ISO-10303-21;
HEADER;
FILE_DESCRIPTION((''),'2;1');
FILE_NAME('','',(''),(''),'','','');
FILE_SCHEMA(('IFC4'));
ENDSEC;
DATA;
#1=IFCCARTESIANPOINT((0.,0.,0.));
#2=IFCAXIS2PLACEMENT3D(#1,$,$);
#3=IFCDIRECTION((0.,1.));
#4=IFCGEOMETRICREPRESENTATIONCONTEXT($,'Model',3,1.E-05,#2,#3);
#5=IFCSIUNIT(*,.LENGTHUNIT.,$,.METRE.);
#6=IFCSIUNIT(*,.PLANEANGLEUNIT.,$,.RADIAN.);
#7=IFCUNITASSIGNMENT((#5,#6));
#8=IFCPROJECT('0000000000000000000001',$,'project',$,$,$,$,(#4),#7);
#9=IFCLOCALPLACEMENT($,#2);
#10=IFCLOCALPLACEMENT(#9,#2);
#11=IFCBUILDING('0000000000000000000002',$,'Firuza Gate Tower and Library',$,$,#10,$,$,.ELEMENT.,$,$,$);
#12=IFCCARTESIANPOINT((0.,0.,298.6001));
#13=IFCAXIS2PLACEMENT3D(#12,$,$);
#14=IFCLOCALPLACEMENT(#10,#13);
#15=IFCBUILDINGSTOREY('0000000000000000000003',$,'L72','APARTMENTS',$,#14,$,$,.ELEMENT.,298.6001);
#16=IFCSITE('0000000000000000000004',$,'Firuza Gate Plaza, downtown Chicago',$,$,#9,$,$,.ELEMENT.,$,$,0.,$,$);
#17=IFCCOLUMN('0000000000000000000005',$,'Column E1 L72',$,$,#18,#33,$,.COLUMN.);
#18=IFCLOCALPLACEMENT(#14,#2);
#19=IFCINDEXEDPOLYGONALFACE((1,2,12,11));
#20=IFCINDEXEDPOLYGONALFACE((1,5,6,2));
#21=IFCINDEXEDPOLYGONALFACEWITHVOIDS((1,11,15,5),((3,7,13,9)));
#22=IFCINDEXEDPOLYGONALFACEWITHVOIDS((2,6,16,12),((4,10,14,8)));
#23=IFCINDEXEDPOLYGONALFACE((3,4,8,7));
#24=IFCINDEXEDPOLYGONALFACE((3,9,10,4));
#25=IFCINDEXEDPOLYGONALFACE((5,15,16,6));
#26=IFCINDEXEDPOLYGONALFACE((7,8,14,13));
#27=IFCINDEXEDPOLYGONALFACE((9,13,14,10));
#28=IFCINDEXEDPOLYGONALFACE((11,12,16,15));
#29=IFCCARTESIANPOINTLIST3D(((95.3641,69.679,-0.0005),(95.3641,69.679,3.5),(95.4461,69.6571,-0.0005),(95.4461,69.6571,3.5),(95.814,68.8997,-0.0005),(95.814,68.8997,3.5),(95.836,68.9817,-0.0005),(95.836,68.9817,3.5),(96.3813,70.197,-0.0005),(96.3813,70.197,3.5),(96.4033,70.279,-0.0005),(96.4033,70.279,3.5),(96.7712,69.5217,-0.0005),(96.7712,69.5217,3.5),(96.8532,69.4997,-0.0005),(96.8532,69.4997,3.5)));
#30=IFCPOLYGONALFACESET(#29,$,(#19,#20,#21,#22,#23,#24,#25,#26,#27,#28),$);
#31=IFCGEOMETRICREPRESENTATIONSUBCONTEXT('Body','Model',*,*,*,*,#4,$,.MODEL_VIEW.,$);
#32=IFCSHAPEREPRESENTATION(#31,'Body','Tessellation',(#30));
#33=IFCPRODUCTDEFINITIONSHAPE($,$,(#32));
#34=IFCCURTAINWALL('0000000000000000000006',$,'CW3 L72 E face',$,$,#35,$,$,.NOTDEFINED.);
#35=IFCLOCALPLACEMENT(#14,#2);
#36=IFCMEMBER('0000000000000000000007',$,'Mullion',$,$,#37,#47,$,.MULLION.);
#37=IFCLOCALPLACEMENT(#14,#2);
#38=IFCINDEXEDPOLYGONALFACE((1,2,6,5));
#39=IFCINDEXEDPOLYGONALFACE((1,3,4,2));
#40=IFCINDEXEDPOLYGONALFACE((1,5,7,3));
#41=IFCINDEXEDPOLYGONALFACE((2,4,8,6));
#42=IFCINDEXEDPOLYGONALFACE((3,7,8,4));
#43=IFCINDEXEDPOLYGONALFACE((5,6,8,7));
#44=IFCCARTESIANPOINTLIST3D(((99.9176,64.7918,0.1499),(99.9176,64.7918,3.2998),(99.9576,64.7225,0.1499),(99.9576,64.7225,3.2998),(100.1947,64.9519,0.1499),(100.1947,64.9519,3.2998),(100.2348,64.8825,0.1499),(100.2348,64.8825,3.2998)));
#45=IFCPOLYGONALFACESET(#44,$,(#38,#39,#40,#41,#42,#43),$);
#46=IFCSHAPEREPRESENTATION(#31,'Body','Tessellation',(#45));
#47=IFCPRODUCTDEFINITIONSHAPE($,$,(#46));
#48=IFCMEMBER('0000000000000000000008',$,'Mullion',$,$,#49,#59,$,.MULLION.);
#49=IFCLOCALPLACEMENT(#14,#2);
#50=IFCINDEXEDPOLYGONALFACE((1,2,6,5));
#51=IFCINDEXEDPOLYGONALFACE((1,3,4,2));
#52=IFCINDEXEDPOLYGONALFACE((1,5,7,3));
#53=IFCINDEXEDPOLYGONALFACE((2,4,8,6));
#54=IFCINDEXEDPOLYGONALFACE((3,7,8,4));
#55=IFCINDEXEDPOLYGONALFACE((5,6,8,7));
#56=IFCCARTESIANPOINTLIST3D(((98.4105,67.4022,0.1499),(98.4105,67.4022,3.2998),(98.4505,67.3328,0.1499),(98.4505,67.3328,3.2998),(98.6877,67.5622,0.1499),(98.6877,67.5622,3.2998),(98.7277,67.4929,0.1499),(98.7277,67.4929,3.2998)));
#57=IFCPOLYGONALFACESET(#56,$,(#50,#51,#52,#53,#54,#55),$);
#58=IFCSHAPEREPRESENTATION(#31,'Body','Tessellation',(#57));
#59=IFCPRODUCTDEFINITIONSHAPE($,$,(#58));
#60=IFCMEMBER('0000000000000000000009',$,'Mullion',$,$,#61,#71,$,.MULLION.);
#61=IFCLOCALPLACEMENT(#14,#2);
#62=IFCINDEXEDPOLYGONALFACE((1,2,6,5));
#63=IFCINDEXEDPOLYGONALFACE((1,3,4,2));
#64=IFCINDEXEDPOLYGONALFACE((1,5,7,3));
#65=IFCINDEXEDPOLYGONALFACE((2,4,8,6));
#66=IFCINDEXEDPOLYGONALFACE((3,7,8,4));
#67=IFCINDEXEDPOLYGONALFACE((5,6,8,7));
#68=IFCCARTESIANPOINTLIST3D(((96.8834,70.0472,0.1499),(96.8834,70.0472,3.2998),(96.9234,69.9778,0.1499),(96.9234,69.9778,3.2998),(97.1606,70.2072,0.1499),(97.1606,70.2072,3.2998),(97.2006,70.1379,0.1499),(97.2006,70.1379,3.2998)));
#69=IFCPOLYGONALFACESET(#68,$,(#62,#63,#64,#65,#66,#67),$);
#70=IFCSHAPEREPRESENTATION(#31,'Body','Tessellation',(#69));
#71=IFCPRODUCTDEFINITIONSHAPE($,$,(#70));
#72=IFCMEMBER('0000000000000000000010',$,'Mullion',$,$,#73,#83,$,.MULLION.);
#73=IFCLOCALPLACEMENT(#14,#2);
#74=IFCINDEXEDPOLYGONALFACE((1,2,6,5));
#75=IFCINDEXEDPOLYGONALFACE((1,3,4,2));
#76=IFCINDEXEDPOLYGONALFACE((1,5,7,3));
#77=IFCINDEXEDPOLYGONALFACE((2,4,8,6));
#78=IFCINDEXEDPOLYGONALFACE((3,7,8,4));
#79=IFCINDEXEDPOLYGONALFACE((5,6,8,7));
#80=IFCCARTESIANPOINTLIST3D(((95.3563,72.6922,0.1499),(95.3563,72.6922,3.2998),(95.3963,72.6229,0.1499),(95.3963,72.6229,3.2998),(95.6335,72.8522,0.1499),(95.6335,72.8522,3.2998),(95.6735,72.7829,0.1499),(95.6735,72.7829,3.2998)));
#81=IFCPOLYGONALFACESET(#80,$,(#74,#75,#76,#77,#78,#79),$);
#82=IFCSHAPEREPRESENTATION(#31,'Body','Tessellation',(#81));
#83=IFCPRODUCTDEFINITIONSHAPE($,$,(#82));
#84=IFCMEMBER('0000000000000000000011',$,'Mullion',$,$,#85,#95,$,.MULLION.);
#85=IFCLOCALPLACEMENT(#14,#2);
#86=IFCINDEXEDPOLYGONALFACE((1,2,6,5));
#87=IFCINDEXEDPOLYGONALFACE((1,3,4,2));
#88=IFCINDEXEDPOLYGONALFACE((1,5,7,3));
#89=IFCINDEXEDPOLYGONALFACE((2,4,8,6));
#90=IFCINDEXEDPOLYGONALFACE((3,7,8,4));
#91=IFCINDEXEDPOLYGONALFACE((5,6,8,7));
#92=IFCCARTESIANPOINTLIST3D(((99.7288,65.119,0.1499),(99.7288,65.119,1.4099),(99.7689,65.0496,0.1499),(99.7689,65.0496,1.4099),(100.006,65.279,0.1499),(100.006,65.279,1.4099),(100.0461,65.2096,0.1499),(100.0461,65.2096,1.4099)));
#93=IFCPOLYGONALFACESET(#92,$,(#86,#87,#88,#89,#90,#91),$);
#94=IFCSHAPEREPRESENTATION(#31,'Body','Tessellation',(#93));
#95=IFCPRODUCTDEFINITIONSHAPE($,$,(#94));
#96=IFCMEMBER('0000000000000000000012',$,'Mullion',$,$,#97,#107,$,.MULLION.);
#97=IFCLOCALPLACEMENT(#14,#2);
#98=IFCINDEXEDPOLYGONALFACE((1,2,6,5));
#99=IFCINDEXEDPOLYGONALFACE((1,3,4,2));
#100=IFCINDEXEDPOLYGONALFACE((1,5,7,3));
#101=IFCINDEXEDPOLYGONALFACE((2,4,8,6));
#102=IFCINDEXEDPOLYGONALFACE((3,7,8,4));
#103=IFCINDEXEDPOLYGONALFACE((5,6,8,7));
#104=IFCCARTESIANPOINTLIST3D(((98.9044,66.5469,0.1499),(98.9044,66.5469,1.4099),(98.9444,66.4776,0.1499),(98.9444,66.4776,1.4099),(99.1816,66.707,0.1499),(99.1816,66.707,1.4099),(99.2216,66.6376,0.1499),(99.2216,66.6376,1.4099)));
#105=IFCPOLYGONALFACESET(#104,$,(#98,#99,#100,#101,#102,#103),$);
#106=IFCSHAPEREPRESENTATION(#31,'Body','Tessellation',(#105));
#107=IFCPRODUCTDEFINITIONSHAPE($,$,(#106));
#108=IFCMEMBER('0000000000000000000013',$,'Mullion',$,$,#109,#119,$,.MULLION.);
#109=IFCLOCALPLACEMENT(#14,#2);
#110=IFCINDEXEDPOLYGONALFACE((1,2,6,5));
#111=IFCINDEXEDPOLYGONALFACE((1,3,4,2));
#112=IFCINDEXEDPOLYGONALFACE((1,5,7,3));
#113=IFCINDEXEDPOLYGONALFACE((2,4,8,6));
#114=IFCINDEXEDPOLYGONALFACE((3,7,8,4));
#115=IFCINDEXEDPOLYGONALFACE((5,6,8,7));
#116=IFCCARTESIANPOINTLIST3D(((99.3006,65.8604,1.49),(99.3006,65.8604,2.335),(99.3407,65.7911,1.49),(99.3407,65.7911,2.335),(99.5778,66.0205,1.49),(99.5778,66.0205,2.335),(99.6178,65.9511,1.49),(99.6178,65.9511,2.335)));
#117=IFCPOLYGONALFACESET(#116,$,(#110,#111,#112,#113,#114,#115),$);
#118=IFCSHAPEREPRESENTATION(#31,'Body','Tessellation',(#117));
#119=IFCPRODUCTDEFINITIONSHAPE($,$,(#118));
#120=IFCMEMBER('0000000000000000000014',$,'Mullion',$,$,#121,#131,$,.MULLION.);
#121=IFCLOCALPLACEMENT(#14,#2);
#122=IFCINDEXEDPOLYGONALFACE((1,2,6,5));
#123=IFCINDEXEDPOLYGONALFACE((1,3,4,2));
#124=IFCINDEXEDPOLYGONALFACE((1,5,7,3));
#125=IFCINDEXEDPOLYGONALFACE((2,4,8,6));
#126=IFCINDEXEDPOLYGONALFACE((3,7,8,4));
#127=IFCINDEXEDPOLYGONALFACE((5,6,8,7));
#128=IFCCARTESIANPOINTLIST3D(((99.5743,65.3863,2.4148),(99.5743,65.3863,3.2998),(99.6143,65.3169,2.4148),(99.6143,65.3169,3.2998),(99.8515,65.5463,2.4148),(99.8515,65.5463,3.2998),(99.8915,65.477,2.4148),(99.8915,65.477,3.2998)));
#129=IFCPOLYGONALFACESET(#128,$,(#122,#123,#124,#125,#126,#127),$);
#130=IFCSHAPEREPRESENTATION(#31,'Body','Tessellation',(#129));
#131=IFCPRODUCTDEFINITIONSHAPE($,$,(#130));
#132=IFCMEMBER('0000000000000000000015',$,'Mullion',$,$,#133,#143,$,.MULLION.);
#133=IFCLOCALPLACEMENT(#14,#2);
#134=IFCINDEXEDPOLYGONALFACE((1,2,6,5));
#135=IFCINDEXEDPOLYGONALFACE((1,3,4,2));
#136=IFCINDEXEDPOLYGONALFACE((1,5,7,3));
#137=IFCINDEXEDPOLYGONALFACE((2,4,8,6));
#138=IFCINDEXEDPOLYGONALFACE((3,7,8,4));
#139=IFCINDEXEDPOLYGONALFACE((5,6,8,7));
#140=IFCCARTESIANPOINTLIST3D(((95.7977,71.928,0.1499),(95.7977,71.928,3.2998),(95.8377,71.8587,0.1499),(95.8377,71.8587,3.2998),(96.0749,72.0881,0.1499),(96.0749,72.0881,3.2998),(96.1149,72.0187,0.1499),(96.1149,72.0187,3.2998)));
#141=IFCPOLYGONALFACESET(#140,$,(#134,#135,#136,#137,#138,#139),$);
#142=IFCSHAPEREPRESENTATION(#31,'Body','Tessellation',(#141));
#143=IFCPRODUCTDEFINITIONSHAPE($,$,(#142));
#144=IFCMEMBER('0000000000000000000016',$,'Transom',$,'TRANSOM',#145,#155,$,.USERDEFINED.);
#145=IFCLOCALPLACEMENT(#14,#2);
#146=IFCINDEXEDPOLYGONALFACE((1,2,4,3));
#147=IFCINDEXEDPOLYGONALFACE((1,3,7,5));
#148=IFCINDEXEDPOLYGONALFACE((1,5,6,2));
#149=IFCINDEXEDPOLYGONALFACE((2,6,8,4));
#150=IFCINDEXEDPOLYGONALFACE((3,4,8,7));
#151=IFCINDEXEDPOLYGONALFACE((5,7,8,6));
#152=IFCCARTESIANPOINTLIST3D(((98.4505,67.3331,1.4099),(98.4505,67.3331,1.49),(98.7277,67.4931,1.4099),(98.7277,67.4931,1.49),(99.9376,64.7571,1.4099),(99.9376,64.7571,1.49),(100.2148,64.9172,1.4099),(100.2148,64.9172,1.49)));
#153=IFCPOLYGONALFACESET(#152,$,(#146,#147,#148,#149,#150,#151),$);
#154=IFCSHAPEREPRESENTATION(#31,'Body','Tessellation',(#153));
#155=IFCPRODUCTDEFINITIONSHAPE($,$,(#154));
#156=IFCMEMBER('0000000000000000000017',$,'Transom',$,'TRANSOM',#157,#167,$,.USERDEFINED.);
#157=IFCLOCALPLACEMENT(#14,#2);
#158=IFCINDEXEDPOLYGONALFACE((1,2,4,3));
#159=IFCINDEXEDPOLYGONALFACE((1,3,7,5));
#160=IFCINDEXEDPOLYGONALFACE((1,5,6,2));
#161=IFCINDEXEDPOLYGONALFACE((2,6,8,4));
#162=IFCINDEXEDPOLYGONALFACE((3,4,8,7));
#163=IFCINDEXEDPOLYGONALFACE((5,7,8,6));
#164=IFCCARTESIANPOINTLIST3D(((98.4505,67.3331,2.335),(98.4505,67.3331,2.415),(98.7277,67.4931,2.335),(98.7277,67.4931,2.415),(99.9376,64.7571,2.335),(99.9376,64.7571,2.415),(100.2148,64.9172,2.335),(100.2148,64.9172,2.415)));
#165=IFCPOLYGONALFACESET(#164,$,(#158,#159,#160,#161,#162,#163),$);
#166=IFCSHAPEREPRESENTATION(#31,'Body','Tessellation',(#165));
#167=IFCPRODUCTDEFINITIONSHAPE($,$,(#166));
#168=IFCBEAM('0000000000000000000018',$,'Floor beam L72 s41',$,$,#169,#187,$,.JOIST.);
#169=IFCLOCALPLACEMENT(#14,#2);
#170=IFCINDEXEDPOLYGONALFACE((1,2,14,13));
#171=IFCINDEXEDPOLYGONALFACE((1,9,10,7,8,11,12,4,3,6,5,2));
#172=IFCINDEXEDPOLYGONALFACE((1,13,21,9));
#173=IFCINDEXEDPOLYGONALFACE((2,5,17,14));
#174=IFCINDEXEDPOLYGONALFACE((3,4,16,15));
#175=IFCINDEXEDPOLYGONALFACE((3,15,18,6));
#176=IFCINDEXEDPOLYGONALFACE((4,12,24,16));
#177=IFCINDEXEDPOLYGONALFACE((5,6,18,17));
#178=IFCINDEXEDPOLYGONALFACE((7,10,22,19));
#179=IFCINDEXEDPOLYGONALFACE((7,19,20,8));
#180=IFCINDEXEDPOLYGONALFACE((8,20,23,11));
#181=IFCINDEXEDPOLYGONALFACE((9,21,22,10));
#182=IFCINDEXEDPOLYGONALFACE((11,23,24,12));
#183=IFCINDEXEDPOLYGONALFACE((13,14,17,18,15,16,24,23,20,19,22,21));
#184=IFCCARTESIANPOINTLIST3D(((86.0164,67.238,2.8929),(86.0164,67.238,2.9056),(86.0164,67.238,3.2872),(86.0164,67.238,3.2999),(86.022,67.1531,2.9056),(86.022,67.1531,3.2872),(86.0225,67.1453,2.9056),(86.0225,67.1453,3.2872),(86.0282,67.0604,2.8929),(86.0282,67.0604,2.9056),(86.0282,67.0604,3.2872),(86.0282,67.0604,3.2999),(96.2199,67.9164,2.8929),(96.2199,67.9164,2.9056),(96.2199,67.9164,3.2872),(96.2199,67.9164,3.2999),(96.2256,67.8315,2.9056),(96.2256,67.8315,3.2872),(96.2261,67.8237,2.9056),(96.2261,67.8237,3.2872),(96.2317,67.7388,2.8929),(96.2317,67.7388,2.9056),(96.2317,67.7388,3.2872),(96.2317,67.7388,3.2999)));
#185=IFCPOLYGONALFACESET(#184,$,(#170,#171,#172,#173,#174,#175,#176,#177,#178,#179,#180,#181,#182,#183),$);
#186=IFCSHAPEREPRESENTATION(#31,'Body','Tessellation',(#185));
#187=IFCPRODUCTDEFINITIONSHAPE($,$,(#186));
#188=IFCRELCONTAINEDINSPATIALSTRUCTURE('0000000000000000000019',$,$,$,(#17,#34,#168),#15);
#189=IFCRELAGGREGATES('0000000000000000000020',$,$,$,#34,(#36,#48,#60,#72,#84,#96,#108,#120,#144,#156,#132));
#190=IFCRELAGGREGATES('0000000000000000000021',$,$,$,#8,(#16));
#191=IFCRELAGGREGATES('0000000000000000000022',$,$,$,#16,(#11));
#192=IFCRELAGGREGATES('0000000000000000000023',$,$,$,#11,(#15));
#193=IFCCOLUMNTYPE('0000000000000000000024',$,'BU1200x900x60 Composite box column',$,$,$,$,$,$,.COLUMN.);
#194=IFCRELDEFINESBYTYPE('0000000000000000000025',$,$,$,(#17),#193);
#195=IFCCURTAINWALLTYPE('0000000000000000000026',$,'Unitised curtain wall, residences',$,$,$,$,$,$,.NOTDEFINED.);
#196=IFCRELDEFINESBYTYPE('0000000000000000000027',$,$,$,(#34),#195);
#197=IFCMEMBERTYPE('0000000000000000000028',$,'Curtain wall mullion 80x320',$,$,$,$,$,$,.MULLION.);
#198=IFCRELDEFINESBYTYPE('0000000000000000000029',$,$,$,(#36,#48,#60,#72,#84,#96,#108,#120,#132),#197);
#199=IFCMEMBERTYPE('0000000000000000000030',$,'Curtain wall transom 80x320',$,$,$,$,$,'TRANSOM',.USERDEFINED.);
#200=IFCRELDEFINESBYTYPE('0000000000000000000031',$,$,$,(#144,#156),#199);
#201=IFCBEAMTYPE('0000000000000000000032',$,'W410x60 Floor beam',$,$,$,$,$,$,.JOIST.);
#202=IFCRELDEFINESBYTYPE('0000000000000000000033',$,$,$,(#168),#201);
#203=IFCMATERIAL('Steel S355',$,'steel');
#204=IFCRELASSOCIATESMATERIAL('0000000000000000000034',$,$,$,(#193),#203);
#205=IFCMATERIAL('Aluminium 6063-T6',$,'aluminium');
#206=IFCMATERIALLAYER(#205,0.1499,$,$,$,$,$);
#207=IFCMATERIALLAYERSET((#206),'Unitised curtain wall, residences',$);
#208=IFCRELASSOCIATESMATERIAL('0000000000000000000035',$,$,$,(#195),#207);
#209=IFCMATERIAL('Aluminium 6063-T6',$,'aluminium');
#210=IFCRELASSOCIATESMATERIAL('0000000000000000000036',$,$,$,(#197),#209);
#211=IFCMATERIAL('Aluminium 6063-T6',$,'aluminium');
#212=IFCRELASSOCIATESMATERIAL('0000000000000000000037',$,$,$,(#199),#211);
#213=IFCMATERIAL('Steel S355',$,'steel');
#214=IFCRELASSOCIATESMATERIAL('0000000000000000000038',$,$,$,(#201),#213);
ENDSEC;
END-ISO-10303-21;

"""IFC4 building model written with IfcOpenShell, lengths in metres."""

from ifc_helpers import new_model, si_unit, direction, frame, origin, origin_2d, place, context, subcontext, project, spatial, rectangle, hollow_rectangle, i_section, extrude, material, layer, layer_set, material_profile, profile_set, type_object, element, aggregate, save


model = new_model("IFC4")

# Units and contexts
model_context = context("Model", 3, precision=1e-05, world=origin(), true_north=direction((0.0, 1.0)))
body_context = subcontext(model_context, "Body", "Model", "MODEL_VIEW")
ifc_project = project(units=[si_unit("LENGTHUNIT", "METRE"), si_unit("PLANEANGLEUNIT", "RADIAN")], contexts=[model_context])

# Site, building, storey
site_placement = place(None, origin())
site = spatial("IfcSite", under=ifc_project, at=site_placement, Name="Firuza Gate Plaza, downtown Chicago", CompositionType="ELEMENT", RefElevation=0.0)
building_placement = place(site_placement, origin())
building = spatial("IfcBuilding", under=site, at=building_placement, Name="Firuza Gate Tower and Library", CompositionType="ELEMENT")
storey_placement = place(building_placement, frame((0.0, 0.0, 298.6001)))
storey = spatial("IfcBuildingStorey", under=building, at=storey_placement, Name="L72", Description="APARTMENTS", CompositionType="ELEMENT", Elevation=298.6001)

# Column
ifc_material_1 = material(Name="Steel S355", Category="steel")
ifc_material_profile_1 = material_profile(ifc_material_1, hollow_rectangle(XDim=0.8999, YDim=1.2, WallThickness=0.0601, at=origin_2d()))
ifc_profile_set_1 = profile_set([ifc_material_profile_1], Name="Steel S355")
column_type = type_object("IfcColumnType", Name="BU1200x900x60 Composite box column", PredefinedType="COLUMN", material=ifc_profile_set_1)
column_placement = place(storey_placement, frame((96.1086, 69.5894, -0.0005), z_axis=(0.0, 0.0, 1.0), x_axis=(-0.5, 0.866025, 0.0)))
element("IfcColumn", 1, at=column_placement, inside=storey, type_object=column_type, Name="Column E1 L72", PredefinedType="COLUMN", context=body_context, shape_type="SweptSolid", body=[
    extrude(hollow_rectangle(XDim=0.8999, YDim=1.2, WallThickness=0.0601, at=origin_2d()), origin(), (0.0, 0.0, 1.0), 3.5005),
])

# Curtain wall, members
ifc_material_2 = material(Name="Aluminium 6063-T6", Category="aluminium")
ifc_layer_1 = layer(ifc_material_2, 0.1499)
ifc_layer_set_1 = layer_set([ifc_layer_1], Name="Unitised curtain wall, residences")
curtain_wall_type = type_object("IfcCurtainWallType", Name="Unitised curtain wall, residences", PredefinedType="NOTDEFINED", material=ifc_layer_set_1)
curtain_wall_placement = place(storey_placement, origin())
curtain_wall = element("IfcCurtainWall", 2, at=curtain_wall_placement, inside=storey, type_object=curtain_wall_type, Name="CW3 L72 E face", PredefinedType="NOTDEFINED")
ifc_material_3 = material(Name="Aluminium 6063-T6", Category="aluminium")
ifc_material_profile_2 = material_profile(ifc_material_3, rectangle(XDim=0.3201, YDim=0.0801, at=origin_2d()))
ifc_profile_set_2 = profile_set([ifc_material_profile_2], Name="Aluminium 6063-T6")
member_type_1 = type_object("IfcMemberType", Name="Curtain wall mullion 80x320", PredefinedType="MULLION", material=ifc_profile_set_2)
member_1_placement = place(storey_placement, frame((100.0762, 64.8372, 0.1499), z_axis=(0.0, 0.0, 1.0), x_axis=(-0.866025, -0.5, 0.0)))
member_1 = element("IfcMember", 3, at=member_1_placement, type_object=member_type_1, Name="Mullion", PredefinedType="MULLION", context=body_context, shape_type="SweptSolid", body=[
    extrude(rectangle(XDim=0.3201, YDim=0.0801, at=origin_2d()), origin(), (0.0, 0.0, 1.0), 3.1499),
])
member_2_placement = place(storey_placement, frame((98.5691, 67.4475, 0.1499), z_axis=(0.0, 0.0, 1.0), x_axis=(-0.866025, -0.5, 0.0)))
member_2 = element("IfcMember", 4, at=member_2_placement, type_object=member_type_1, Name="Mullion", PredefinedType="MULLION", context=body_context, shape_type="SweptSolid", body=[
    extrude(rectangle(XDim=0.3201, YDim=0.0801, at=origin_2d()), origin(), (0.0, 0.0, 1.0), 3.1499),
])
member_3_placement = place(storey_placement, frame((97.042, 70.0925, 0.1499), z_axis=(0.0, 0.0, 1.0), x_axis=(-0.866025, -0.5, 0.0)))
member_3 = element("IfcMember", 5, at=member_3_placement, type_object=member_type_1, Name="Mullion", PredefinedType="MULLION", context=body_context, shape_type="SweptSolid", body=[
    extrude(rectangle(XDim=0.3201, YDim=0.0801, at=origin_2d()), origin(), (0.0, 0.0, 1.0), 3.1499),
])
member_4_placement = place(storey_placement, frame((95.5149, 72.7375, 0.1499), z_axis=(0.0, 0.0, 1.0), x_axis=(-0.866025, -0.5, 0.0)))
member_4 = element("IfcMember", 6, at=member_4_placement, type_object=member_type_1, Name="Mullion", PredefinedType="MULLION", context=body_context, shape_type="SweptSolid", body=[
    extrude(rectangle(XDim=0.3201, YDim=0.0801, at=origin_2d()), origin(), (0.0, 0.0, 1.0), 3.1499),
])
member_5_placement = place(storey_placement, frame((99.8875, 65.1643, 0.1499), z_axis=(0.0, 0.0, 1.0), x_axis=(-0.866025, -0.5, 0.0)))
member_5 = element("IfcMember", 7, at=member_5_placement, type_object=member_type_1, Name="Mullion", PredefinedType="MULLION", context=body_context, shape_type="SweptSolid", body=[
    extrude(rectangle(XDim=0.3201, YDim=0.0801, at=origin_2d()), origin(), (0.0, 0.0, 1.0), 1.26),
])
member_6_placement = place(storey_placement, frame((99.063, 66.5923, 0.1499), z_axis=(0.0, 0.0, 1.0), x_axis=(-0.866025, -0.5, 0.0)))
member_6 = element("IfcMember", 8, at=member_6_placement, type_object=member_type_1, Name="Mullion", PredefinedType="MULLION", context=body_context, shape_type="SweptSolid", body=[
    extrude(rectangle(XDim=0.3201, YDim=0.0801, at=origin_2d()), origin(), (0.0, 0.0, 1.0), 1.26),
])
member_7_placement = place(storey_placement, frame((99.4592, 65.9058, 1.49), z_axis=(0.0, 0.0, 1.0), x_axis=(-0.866025, -0.5, 0.0)))
member_7 = element("IfcMember", 9, at=member_7_placement, type_object=member_type_1, Name="Mullion", PredefinedType="MULLION", context=body_context, shape_type="SweptSolid", body=[
    extrude(rectangle(XDim=0.3201, YDim=0.0801, at=origin_2d()), origin(), (0.0, 0.0, 1.0), 0.845),
])
member_8_placement = place(storey_placement, frame((99.7329, 65.4316, 2.4148), z_axis=(0.0, 0.0, 1.0), x_axis=(-0.866025, -0.5, 0.0)))
member_8 = element("IfcMember", 10, at=member_8_placement, type_object=member_type_1, Name="Mullion", PredefinedType="MULLION", context=body_context, shape_type="SweptSolid", body=[
    extrude(rectangle(XDim=0.3201, YDim=0.0801, at=origin_2d()), origin(), (0.0, 0.0, 1.0), 0.885),
])
member_9_placement = place(storey_placement, frame((95.9563, 71.9734, 0.1499), z_axis=(0.0, 0.0, 1.0), x_axis=(-0.866025, -0.5, 0.0)))
member_9 = element("IfcMember", 11, at=member_9_placement, type_object=member_type_1, Name="Mullion", PredefinedType="MULLION", context=body_context, shape_type="SweptSolid", body=[
    extrude(rectangle(XDim=0.3201, YDim=0.0801, at=origin_2d()), origin(), (0.0, 0.0, 1.0), 3.1499),
])
ifc_material_4 = material(Name="Aluminium 6063-T6", Category="aluminium")
ifc_material_profile_3 = material_profile(ifc_material_4, rectangle(XDim=0.3201, YDim=0.0801, at=origin_2d()))
ifc_profile_set_3 = profile_set([ifc_material_profile_3], Name="Aluminium 6063-T6")
member_type_2 = type_object("IfcMemberType", Name="Curtain wall transom 80x320", ElementType="TRANSOM", PredefinedType="USERDEFINED", material=ifc_profile_set_3)
member_10_placement = place(storey_placement, frame((100.0762, 64.8372, 1.45), z_axis=(-0.499962, 0.866048, 0.0), x_axis=(-0.866048, -0.499962, 0.0)))
member_10 = element("IfcMember", 12, at=member_10_placement, type_object=member_type_2, Name="Transom", ObjectType="TRANSOM", PredefinedType="USERDEFINED", context=body_context, shape_type="SweptSolid", body=[
    extrude(rectangle(XDim=0.3201, YDim=0.0801, at=origin_2d()), origin(), (0.0, 0.0, 1.0), 2.9744),
])
member_11_placement = place(storey_placement, frame((100.0762, 64.8372, 2.375), z_axis=(-0.499962, 0.866048, 0.0), x_axis=(-0.866048, -0.499962, 0.0)))
member_11 = element("IfcMember", 13, at=member_11_placement, type_object=member_type_2, Name="Transom", ObjectType="TRANSOM", PredefinedType="USERDEFINED", context=body_context, shape_type="SweptSolid", body=[
    extrude(rectangle(XDim=0.3201, YDim=0.0801, at=origin_2d()), origin(), (0.0, 0.0, 1.0), 2.9744),
])

# Beam
ifc_material_5 = material(Name="Steel S355", Category="steel")
ifc_material_profile_4 = material_profile(ifc_material_5, i_section(OverallWidth=0.178, OverallDepth=0.407, WebThickness=0.0078, FlangeThickness=0.0127, at=origin_2d()))
ifc_profile_set_4 = profile_set([ifc_material_profile_4], Name="Steel S355")
beam_type_1 = type_object("IfcBeamType", Name="W410x60 Floor beam", PredefinedType="JOIST", material=ifc_profile_set_4)
beam_1_placement = place(storey_placement, frame((96.2258, 67.8276, 3.0964), z_axis=(-0.997797, -0.066346, 0.0), x_axis=(0.066346, -0.997797, 0.0)))
element("IfcBeam", 14, at=beam_1_placement, inside=storey, type_object=beam_type_1, Name="Floor beam L72 s41", PredefinedType="JOIST", context=body_context, shape_type="SweptSolid", body=[
    extrude(i_section(OverallWidth=0.178, OverallDepth=0.407, WebThickness=0.0078, FlangeThickness=0.0127, at=origin_2d()), origin(), (0.0, 0.0, 1.0), 10.2261),
])

aggregate(curtain_wall, [member_1, member_2, member_3, member_4, member_5, member_6, member_7, member_8, member_10, member_11, member_9])

save(model, "model.ifc")
